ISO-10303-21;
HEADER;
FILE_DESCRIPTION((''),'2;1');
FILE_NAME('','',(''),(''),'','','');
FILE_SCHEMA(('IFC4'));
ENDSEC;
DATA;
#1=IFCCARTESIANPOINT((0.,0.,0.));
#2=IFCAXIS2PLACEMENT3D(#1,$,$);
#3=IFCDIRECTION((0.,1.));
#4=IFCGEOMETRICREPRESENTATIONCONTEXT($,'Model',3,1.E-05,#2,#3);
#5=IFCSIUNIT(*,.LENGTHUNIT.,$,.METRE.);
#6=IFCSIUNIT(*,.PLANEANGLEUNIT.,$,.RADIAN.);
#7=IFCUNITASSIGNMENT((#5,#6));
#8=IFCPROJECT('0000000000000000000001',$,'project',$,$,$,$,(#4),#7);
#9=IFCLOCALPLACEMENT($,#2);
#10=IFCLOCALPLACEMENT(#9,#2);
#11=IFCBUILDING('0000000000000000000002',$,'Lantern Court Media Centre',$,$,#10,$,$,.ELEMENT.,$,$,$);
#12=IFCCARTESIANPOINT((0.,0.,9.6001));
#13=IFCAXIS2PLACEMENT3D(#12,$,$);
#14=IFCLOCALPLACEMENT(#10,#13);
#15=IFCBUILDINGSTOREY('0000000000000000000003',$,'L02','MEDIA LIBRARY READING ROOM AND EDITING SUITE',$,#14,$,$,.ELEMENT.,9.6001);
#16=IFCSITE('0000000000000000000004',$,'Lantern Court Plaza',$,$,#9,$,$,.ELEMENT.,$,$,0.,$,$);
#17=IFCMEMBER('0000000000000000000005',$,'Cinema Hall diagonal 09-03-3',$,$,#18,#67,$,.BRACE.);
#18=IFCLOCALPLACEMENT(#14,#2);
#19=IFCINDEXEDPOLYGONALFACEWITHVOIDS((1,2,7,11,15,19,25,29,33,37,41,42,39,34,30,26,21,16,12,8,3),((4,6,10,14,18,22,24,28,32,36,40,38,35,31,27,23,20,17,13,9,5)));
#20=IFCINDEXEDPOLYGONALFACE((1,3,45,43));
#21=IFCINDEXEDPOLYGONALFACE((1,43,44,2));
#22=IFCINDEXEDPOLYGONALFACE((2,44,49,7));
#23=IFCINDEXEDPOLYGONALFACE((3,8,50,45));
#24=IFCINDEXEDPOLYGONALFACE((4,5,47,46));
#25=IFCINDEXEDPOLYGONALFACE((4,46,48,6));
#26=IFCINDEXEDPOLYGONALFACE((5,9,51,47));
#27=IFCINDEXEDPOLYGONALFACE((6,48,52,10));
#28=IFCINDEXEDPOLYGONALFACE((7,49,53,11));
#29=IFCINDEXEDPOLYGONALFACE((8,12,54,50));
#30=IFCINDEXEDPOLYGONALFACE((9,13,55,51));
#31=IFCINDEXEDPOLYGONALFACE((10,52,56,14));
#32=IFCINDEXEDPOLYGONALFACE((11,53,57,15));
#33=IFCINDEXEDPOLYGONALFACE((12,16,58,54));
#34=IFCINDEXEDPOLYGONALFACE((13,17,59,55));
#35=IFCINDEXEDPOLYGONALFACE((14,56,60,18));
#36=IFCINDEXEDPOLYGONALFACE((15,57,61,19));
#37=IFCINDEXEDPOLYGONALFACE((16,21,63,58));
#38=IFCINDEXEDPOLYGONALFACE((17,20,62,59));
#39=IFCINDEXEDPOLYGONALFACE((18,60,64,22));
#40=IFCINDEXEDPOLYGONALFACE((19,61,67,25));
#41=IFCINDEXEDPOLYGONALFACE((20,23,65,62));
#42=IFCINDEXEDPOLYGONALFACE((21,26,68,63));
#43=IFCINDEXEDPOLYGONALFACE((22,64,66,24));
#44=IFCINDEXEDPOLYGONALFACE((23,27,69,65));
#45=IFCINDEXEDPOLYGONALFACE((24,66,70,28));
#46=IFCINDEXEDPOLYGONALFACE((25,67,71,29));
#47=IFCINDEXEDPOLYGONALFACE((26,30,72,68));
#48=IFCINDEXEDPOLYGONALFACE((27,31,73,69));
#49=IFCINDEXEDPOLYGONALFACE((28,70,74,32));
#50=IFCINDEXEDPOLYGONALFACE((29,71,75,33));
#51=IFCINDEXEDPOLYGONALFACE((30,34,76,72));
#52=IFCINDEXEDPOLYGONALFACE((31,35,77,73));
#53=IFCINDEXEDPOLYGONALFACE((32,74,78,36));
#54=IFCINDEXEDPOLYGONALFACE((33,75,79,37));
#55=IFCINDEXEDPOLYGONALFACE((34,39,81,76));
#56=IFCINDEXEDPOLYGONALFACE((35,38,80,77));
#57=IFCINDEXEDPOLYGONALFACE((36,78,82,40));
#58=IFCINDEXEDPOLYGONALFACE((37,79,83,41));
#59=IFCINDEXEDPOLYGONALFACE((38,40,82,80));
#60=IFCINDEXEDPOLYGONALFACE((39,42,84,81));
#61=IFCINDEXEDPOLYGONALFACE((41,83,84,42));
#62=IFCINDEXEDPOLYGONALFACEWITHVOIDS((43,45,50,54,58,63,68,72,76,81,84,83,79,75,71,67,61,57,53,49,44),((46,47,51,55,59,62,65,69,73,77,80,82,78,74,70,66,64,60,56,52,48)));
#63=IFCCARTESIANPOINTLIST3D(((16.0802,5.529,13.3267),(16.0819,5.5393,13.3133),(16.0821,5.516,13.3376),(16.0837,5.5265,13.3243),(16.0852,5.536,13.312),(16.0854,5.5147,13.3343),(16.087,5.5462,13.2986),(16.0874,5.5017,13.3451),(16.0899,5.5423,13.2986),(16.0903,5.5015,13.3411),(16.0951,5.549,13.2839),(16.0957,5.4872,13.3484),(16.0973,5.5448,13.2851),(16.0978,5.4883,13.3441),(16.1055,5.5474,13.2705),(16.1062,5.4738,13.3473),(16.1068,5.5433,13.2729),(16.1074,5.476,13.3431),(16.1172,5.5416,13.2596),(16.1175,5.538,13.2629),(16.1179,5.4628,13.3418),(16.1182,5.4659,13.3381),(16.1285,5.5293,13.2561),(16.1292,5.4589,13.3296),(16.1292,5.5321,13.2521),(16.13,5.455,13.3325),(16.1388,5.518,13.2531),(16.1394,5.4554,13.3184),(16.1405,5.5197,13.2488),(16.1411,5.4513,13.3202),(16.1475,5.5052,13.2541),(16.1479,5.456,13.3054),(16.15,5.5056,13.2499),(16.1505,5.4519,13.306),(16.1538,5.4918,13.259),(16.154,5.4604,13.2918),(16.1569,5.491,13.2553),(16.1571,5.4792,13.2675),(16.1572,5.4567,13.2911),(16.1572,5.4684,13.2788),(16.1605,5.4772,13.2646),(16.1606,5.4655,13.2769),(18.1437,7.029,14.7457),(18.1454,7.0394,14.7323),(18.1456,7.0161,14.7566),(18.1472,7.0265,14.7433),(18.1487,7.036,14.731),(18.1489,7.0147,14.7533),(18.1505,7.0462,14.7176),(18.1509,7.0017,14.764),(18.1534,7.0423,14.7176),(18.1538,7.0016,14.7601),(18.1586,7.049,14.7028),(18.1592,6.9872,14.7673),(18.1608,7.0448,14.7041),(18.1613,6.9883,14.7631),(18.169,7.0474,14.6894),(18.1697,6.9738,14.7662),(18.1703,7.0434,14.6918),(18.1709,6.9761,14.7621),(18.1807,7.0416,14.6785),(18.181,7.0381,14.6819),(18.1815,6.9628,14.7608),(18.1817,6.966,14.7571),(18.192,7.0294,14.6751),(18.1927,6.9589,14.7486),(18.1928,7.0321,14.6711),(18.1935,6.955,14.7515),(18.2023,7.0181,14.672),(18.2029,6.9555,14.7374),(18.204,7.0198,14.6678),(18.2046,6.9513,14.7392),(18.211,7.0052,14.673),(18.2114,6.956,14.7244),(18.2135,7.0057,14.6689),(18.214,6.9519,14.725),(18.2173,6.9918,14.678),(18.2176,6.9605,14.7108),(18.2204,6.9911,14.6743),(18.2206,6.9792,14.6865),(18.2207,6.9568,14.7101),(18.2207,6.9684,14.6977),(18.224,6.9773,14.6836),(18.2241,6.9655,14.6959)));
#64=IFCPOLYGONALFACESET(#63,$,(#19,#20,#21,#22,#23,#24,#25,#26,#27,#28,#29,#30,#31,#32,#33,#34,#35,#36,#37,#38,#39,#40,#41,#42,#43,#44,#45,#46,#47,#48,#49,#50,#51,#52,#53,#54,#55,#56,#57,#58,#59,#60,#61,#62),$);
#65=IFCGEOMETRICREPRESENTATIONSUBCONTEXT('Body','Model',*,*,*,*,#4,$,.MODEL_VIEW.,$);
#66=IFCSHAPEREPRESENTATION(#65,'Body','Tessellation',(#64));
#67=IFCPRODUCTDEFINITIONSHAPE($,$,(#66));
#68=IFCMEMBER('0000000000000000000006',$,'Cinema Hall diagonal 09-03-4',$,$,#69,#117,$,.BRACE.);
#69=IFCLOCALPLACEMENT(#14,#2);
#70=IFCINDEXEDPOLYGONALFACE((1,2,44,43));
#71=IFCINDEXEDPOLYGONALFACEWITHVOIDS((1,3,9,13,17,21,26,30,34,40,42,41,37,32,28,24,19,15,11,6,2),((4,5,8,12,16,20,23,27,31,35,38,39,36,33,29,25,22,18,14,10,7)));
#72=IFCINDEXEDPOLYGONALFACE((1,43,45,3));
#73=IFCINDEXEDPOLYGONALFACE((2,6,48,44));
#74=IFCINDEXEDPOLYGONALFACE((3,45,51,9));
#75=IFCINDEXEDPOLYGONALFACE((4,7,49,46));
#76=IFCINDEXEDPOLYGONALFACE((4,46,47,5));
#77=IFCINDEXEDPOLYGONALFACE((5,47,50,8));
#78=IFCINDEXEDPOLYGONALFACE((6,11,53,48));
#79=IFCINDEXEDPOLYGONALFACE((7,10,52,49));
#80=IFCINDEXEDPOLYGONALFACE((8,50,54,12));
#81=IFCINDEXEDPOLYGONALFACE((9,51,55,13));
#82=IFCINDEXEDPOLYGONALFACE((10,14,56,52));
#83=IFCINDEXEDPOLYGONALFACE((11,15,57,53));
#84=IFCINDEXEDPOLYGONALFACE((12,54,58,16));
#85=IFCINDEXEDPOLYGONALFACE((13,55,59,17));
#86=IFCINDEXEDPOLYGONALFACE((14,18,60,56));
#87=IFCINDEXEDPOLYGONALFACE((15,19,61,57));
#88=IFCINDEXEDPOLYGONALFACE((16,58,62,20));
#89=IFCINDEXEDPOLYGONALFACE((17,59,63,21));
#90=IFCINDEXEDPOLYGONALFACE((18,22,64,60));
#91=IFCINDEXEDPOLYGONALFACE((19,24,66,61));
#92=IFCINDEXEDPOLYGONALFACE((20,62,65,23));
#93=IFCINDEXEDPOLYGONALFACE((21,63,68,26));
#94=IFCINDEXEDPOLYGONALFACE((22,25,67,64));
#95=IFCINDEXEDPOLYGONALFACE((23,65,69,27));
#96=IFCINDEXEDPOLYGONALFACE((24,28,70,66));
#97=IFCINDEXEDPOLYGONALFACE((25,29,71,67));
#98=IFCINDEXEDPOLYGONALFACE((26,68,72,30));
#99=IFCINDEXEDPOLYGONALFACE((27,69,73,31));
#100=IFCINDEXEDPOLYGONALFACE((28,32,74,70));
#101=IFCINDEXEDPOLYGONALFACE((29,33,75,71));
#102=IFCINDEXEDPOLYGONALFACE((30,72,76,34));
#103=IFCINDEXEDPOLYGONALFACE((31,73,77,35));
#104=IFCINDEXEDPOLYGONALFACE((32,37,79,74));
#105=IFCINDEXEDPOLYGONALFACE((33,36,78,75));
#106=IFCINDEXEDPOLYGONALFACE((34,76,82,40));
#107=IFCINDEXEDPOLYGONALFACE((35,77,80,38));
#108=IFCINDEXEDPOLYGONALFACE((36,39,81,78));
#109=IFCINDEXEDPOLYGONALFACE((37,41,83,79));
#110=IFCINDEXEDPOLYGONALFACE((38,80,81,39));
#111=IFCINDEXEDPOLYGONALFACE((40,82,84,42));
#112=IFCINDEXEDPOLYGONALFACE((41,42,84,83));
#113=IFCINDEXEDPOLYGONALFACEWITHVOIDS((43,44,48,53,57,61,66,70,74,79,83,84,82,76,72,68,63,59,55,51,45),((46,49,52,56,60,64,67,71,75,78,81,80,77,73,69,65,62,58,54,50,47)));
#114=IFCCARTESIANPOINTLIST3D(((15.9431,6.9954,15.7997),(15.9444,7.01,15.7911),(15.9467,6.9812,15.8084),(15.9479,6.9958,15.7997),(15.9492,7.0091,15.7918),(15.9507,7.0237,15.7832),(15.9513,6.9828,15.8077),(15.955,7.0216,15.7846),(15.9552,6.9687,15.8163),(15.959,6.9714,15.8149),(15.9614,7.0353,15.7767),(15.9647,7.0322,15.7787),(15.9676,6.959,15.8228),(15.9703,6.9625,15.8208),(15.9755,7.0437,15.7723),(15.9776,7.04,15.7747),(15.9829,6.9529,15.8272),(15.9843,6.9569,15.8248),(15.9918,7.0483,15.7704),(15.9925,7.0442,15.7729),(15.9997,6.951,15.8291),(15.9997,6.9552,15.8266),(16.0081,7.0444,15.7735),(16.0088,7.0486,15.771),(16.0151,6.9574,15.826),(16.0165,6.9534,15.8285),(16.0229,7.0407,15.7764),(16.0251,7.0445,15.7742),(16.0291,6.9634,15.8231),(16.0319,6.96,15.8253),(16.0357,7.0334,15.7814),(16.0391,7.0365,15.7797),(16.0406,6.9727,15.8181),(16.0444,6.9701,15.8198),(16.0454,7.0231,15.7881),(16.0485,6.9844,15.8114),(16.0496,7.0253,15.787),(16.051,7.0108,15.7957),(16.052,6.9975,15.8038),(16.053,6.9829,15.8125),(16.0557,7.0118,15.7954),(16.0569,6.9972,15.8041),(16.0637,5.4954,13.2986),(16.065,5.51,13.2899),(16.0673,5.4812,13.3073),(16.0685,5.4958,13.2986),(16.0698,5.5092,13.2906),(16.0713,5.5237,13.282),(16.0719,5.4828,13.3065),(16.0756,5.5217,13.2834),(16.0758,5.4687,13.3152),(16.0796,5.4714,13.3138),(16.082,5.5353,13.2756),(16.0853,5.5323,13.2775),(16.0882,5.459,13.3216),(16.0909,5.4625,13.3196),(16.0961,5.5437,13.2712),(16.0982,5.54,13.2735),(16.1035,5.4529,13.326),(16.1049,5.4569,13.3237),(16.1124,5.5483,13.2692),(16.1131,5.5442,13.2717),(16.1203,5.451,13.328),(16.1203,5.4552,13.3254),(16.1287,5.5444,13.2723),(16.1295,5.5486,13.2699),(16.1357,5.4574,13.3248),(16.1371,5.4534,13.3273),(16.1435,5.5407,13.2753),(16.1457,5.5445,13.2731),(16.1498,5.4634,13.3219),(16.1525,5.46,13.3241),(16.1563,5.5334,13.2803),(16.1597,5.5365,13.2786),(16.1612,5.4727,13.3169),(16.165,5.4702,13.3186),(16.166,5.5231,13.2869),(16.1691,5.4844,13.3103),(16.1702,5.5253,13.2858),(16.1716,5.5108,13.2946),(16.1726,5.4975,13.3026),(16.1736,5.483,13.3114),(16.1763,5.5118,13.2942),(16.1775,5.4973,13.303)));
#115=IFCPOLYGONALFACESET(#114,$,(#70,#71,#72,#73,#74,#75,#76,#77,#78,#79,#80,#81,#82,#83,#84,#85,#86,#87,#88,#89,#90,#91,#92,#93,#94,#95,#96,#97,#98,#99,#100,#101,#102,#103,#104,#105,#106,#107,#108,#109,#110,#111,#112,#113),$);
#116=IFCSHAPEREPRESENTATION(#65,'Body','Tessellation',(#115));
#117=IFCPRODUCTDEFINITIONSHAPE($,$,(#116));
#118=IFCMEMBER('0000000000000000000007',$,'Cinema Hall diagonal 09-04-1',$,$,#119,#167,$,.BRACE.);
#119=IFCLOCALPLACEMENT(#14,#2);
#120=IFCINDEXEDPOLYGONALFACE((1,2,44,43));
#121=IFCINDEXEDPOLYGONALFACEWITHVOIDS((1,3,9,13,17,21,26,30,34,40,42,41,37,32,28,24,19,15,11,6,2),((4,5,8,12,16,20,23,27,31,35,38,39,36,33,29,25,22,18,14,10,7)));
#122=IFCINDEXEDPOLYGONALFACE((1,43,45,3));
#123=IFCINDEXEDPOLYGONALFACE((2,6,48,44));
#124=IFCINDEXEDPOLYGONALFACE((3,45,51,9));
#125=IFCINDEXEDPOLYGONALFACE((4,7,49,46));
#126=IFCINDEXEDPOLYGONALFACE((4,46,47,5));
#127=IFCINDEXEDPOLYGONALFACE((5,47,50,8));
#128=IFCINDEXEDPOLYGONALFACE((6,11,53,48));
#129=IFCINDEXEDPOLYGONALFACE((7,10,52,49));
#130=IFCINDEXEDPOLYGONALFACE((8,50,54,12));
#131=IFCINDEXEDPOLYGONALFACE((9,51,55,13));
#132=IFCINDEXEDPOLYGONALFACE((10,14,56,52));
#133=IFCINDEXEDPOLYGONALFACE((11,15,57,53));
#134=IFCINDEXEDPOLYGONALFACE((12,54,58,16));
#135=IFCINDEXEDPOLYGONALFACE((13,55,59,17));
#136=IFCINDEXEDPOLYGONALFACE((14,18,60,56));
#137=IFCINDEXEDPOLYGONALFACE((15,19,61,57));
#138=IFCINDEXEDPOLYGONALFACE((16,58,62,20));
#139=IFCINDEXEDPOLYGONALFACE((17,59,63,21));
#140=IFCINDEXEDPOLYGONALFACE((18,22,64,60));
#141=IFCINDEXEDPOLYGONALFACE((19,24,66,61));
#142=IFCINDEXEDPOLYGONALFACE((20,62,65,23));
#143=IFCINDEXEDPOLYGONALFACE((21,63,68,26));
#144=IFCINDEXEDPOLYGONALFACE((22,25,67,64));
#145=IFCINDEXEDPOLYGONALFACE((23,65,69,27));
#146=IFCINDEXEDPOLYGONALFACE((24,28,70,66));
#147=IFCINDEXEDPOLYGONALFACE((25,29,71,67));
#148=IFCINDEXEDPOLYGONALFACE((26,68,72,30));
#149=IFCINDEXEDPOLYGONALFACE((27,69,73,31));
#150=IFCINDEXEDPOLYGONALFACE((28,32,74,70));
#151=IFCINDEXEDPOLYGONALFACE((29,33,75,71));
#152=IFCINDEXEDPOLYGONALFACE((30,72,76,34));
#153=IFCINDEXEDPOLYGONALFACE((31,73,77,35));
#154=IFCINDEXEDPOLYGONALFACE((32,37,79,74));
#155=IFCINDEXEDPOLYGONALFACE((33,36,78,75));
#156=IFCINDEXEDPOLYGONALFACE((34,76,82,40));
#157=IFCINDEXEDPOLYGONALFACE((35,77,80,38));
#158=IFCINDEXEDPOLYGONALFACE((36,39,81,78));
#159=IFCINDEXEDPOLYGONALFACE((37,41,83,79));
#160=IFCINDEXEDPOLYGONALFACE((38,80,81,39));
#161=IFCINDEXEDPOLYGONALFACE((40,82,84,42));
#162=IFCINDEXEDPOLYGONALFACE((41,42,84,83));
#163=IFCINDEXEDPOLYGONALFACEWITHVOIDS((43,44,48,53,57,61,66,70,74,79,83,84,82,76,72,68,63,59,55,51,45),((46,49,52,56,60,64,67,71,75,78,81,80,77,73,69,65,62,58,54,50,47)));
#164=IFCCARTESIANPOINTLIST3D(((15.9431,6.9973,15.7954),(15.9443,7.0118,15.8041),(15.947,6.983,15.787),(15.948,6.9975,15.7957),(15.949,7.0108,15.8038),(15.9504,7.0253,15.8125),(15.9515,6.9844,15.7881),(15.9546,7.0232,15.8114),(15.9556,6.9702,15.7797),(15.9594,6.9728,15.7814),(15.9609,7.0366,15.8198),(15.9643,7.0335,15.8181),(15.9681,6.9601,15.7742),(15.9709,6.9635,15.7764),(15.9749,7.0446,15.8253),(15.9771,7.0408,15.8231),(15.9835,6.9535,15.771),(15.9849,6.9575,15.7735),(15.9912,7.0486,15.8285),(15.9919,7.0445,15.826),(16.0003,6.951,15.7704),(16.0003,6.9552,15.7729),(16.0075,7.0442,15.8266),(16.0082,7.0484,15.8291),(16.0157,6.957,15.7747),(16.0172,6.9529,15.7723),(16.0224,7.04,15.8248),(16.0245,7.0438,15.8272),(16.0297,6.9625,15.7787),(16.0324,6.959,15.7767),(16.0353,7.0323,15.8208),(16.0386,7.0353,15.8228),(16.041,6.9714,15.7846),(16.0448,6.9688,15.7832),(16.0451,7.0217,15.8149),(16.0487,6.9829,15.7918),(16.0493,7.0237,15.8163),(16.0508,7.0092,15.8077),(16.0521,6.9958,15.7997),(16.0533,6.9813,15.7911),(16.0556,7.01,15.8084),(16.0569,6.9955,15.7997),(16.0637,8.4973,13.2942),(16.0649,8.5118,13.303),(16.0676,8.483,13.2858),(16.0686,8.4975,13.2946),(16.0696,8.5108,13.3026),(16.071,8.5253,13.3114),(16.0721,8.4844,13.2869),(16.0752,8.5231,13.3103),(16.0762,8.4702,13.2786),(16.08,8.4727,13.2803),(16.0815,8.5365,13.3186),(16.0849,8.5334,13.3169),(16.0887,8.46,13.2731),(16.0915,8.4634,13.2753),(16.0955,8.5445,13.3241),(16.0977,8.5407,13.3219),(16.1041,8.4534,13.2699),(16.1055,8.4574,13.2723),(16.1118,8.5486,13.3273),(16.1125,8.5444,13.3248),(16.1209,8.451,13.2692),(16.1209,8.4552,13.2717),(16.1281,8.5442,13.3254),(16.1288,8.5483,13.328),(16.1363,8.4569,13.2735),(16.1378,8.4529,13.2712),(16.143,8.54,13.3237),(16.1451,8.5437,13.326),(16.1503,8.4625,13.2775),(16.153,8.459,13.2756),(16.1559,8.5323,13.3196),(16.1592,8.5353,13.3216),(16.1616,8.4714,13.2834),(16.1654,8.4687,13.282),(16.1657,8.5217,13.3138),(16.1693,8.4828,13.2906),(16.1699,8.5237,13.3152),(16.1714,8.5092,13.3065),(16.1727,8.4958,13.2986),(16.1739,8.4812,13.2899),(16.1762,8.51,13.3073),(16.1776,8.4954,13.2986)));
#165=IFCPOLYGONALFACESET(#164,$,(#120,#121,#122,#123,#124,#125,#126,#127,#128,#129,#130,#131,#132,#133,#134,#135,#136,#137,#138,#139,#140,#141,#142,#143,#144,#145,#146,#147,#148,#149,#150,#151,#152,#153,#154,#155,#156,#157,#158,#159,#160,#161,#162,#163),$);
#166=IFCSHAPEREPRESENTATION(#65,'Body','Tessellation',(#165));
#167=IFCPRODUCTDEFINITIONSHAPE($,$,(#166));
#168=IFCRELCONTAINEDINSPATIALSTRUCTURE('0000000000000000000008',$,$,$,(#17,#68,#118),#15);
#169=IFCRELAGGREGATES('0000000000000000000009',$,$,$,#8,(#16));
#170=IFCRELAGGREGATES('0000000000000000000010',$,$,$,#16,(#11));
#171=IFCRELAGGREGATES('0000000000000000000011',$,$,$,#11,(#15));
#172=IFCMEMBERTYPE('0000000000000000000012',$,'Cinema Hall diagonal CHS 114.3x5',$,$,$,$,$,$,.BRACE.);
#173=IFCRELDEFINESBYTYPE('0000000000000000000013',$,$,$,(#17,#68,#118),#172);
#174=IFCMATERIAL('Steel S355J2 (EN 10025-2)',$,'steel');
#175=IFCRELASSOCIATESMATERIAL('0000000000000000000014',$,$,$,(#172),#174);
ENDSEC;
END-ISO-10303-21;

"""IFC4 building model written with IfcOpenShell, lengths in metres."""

from ifc_helpers import new_model, si_unit, direction, frame, origin, origin_2d, place, context, subcontext, project, spatial, hollow_circle, extrude, material, material_profile, profile_set, type_object, element, save


model = new_model("IFC4")

# Units and contexts
model_context = context("Model", 3, precision=1e-05, world=origin(), true_north=direction((0.0, 1.0)))
body_context = subcontext(model_context, "Body", "Model", "MODEL_VIEW")
ifc_project = project(units=[si_unit("LENGTHUNIT", "METRE"), si_unit("PLANEANGLEUNIT", "RADIAN")], contexts=[model_context])

# Site, building, storey
site_placement = place(None, origin())
site = spatial("IfcSite", under=ifc_project, at=site_placement, Name="Lantern Court Plaza", CompositionType="ELEMENT", RefElevation=0.0)
building_placement = place(site_placement, origin())
building = spatial("IfcBuilding", under=site, at=building_placement, Name="Lantern Court Media Centre", CompositionType="ELEMENT")
storey_placement = place(building_placement, frame((0.0, 0.0, 9.6001)))
storey = spatial("IfcBuildingStorey", under=building, at=storey_placement, Name="L02", Description="MEDIA LIBRARY READING ROOM AND EDITING SUITE", CompositionType="ELEMENT", Elevation=9.6001)

# Members
ifc_material = material(Name="Steel S355J2 (EN 10025-2)", Category="steel")
ifc_material_profile_1 = material_profile(ifc_material, hollow_circle(Radius=0.0571, WallThickness=0.0049, at=origin_2d()), Name="Cinema Hall diagonal CHS 114.3x5")
ifc_profile_set_1 = profile_set([ifc_material_profile_1], Name="Steel S355J2 (EN 10025-2)")
member_type_1 = type_object("IfcMemberType", Name="Cinema Hall diagonal CHS 114.3x5", PredefinedType="BRACE", material=ifc_profile_set_1)
for number, where, z_axis, x_axis, name in (
    (1, (16.1206, 5.5, 13.2986), (0.70688, 0.513851, 0.486084), (-0.58799, 0.808868, 0.0), "Cinema Hall diagonal 09-03-3"),
):
    element("IfcMember", number, at=place(storey_placement, frame(where, z_axis=z_axis, x_axis=x_axis)), inside=storey, type_object=member_type_1, Name=name, PredefinedType="BRACE", context=body_context, shape_type="SweptSolid", body=[
        extrude(hollow_circle(Radius=0.0571, WallThickness=0.0049, at=origin_2d()), origin(), (0.0, 0.0, 1.0), 2.9192),
    ])
for number, where, z_axis, x_axis, name in (
    (2, (16.1206, 5.5, 13.2986), (-0.041317, 0.513872, 0.856871), (-0.996783, -0.080145, 0.0), "Cinema Hall diagonal 09-03-4"),
    (3, (16.1206, 8.5, 13.2986), (-0.041317, -0.513872, 0.856871), (0.996783, -0.080145, 0.0), "Cinema Hall diagonal 09-04-1"),
):
    element("IfcMember", number, at=place(storey_placement, frame(where, z_axis=z_axis, x_axis=x_axis)), inside=storey, type_object=member_type_1, Name=name, PredefinedType="BRACE", context=body_context, shape_type="SweptSolid", body=[
        extrude(hollow_circle(Radius=0.0571, WallThickness=0.0049, at=origin_2d()), origin(), (0.0, 0.0, 1.0), 2.9189),
    ])

save(model, "model.ifc")
